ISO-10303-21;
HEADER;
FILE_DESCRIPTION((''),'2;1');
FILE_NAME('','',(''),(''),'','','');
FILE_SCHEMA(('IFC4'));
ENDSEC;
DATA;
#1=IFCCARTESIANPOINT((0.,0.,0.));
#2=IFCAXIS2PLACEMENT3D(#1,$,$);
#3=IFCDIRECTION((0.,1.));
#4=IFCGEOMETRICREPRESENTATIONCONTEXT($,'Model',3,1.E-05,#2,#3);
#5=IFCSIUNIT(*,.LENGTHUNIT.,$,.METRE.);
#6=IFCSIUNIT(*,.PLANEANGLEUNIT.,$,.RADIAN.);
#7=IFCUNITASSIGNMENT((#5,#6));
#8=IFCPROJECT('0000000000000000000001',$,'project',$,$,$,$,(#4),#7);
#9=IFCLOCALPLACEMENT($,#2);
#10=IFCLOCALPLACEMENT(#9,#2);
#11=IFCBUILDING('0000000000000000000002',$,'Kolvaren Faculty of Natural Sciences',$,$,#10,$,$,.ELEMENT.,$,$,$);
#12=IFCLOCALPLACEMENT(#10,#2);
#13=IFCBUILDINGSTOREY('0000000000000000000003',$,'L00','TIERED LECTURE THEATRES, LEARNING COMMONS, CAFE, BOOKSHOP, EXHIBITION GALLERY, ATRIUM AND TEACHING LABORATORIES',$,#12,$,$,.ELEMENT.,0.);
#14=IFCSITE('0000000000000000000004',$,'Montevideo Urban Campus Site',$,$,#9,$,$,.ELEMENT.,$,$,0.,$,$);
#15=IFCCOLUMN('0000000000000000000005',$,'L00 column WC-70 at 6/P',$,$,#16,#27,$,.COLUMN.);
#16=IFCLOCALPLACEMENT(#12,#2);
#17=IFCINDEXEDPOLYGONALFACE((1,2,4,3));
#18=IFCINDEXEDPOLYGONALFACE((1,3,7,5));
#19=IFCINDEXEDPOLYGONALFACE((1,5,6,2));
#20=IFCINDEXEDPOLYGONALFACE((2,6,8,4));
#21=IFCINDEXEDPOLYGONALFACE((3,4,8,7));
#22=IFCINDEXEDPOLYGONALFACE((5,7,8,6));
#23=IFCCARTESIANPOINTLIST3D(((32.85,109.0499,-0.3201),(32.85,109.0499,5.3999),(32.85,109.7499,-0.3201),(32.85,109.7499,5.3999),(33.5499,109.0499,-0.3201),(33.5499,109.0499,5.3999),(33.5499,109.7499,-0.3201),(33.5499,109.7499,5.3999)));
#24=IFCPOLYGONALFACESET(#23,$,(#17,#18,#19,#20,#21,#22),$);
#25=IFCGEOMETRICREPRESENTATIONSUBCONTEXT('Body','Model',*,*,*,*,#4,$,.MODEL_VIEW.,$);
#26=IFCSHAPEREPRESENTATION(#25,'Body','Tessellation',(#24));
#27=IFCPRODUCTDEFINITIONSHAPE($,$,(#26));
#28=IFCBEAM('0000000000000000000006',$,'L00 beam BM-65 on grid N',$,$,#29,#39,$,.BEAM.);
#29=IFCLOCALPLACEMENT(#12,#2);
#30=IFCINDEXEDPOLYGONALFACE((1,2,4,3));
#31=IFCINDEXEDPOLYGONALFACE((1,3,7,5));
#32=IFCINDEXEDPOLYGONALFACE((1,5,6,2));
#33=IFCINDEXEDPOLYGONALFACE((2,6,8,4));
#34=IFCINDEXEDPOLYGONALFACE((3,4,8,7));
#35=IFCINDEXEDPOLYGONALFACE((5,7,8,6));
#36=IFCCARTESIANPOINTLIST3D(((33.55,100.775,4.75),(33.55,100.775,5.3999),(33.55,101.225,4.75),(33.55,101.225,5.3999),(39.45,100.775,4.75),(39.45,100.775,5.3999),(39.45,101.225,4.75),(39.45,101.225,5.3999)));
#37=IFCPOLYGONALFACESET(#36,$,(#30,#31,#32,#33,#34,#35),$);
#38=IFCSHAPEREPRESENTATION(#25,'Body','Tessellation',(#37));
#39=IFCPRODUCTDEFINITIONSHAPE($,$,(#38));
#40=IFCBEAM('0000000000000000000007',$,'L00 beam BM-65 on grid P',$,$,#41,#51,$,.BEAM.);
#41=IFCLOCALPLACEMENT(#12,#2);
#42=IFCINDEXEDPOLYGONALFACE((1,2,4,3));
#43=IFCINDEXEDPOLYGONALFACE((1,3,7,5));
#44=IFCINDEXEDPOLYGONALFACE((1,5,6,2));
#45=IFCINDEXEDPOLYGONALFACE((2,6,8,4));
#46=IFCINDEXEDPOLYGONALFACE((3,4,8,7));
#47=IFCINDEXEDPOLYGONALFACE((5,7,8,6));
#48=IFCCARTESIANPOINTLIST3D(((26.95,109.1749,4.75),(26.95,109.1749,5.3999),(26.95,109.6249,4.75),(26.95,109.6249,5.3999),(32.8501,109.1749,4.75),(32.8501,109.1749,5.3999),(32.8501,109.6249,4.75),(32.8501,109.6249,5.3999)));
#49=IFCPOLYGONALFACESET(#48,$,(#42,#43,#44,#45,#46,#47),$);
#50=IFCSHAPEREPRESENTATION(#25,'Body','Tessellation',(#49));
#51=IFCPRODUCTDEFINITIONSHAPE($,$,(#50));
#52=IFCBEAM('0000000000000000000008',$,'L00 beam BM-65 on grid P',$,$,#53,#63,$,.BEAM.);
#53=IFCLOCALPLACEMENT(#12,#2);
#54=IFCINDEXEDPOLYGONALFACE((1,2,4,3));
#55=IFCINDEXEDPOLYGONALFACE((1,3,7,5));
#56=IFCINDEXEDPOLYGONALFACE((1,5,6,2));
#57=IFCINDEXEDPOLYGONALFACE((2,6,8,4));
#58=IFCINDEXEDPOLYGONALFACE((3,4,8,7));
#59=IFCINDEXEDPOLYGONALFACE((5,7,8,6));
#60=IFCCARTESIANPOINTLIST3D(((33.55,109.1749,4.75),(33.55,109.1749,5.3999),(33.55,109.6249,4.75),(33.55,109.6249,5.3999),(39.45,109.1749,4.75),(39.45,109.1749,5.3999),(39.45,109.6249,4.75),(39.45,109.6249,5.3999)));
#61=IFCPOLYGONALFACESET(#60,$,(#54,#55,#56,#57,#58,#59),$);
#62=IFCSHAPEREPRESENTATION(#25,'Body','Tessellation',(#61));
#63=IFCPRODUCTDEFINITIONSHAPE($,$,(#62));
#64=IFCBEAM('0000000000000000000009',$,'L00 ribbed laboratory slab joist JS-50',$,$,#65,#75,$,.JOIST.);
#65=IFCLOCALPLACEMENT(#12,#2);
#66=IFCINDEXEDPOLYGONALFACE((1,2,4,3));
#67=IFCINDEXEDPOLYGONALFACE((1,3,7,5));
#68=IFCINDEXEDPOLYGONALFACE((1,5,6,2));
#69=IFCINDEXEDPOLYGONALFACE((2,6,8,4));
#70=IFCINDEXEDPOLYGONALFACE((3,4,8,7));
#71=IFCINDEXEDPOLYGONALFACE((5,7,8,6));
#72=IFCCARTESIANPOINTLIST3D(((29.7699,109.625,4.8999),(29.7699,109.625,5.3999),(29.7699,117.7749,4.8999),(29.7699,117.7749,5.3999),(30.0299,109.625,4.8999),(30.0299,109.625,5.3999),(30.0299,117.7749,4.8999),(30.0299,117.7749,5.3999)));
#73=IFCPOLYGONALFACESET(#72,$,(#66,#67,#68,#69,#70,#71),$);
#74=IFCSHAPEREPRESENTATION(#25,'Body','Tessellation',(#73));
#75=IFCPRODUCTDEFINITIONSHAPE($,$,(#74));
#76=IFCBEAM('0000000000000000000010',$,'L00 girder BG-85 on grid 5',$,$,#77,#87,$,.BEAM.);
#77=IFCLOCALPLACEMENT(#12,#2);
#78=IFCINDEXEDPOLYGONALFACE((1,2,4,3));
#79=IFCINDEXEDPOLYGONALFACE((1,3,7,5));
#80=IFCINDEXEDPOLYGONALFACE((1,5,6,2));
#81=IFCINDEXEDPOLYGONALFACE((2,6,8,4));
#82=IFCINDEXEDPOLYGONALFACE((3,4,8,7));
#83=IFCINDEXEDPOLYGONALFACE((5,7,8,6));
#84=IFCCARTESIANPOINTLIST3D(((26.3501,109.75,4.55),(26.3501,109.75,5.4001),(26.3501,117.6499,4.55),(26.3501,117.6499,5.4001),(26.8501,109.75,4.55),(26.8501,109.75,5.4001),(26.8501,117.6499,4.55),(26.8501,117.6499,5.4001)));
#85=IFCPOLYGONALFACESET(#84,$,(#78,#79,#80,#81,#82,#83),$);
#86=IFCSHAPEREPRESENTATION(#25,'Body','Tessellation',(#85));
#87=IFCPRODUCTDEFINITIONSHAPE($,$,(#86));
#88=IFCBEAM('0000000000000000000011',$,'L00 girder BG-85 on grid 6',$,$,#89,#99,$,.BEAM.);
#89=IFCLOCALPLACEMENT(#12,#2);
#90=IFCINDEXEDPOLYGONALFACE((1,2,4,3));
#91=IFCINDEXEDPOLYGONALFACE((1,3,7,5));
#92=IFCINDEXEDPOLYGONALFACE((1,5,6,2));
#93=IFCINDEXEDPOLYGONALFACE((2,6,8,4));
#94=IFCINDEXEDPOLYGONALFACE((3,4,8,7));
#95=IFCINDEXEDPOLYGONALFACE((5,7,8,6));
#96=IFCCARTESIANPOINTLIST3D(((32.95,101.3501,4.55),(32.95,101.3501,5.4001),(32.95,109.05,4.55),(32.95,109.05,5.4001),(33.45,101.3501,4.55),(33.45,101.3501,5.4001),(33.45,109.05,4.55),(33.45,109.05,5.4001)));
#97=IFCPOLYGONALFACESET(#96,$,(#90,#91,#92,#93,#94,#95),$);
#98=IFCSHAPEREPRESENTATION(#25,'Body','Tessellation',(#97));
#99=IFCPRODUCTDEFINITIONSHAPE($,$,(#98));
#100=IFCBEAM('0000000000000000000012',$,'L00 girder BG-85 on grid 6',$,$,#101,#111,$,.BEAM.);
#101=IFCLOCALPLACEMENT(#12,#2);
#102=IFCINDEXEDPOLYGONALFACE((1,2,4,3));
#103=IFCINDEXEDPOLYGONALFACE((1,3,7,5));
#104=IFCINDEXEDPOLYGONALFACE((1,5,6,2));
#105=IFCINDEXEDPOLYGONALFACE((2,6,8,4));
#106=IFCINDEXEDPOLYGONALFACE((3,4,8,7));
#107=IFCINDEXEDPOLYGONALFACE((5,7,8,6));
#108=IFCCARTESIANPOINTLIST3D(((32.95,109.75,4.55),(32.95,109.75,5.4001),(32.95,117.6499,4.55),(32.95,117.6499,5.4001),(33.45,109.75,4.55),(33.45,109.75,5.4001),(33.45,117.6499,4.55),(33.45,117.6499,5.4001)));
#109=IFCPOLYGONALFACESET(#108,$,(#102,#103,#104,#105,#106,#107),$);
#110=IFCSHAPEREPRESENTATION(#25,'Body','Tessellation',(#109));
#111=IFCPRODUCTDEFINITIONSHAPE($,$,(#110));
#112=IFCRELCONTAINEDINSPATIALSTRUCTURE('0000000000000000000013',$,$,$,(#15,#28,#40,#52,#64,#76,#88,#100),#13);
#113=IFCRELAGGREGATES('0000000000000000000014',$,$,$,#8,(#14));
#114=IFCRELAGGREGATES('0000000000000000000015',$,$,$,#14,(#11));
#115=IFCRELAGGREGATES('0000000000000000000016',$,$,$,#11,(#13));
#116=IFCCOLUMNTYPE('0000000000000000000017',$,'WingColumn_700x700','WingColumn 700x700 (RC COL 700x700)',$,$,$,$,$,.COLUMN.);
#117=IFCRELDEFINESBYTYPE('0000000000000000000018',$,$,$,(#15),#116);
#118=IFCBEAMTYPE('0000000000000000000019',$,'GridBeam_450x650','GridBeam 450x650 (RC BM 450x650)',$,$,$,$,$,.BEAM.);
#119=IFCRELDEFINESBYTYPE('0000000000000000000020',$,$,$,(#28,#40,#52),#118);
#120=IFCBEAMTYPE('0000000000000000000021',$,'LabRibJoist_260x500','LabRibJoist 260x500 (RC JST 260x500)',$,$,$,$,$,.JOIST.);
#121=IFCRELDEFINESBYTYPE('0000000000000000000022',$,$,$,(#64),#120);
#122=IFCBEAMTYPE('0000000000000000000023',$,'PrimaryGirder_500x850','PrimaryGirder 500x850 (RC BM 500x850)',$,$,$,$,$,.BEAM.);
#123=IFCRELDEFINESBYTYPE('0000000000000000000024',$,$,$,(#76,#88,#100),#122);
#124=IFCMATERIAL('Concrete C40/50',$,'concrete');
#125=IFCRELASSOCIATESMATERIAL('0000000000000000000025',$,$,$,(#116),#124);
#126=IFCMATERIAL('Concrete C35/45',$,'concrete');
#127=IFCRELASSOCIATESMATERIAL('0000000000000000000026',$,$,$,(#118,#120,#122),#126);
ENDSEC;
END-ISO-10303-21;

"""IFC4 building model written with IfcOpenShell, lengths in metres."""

from ifc_helpers import new_model, si_unit, direction, frame, origin, origin_2d, place, context, subcontext, project, spatial, rectangle, extrude, material, material_profile, profile_set, type_object, element, save


model = new_model("IFC4")

# Units and contexts
model_context = context("Model", 3, precision=1e-05, world=origin(), true_north=direction((0.0, 1.0)))
body_context = subcontext(model_context, "Body", "Model", "MODEL_VIEW")
ifc_project = project(units=[si_unit("LENGTHUNIT", "METRE"), si_unit("PLANEANGLEUNIT", "RADIAN")], contexts=[model_context])

# Site, building, storey
site_placement = place(None, origin())
site = spatial("IfcSite", under=ifc_project, at=site_placement, Name="Montevideo Urban Campus Site", CompositionType="ELEMENT", RefElevation=0.0)
building_placement = place(site_placement, origin())
building = spatial("IfcBuilding", under=site, at=building_placement, Name="Kolvaren Faculty of Natural Sciences", CompositionType="ELEMENT")
storey_placement = place(building_placement, origin())
storey = spatial("IfcBuildingStorey", under=building, at=storey_placement, Name="L00", Description="TIERED LECTURE THEATRES, LEARNING COMMONS, CAFE, BOOKSHOP, EXHIBITION GALLERY, ATRIUM AND TEACHING LABORATORIES", CompositionType="ELEMENT", Elevation=0.0)

# Shared definitions
ifc_material_1 = material(Name="Concrete C35/45", Category="concrete")

# Column
ifc_material_2 = material(Name="Concrete C40/50", Category="concrete")
ifc_material_profile_1 = material_profile(ifc_material_2, rectangle(XDim=0.7, YDim=0.7, at=origin_2d()), Name="RC COL 700x700")
ifc_profile_set_1 = profile_set([ifc_material_profile_1], Name="Concrete C40/50")
column_type = type_object("IfcColumnType", Name="WingColumn_700x700", Description="WingColumn 700x700 (RC COL 700x700)", PredefinedType="COLUMN", material=ifc_profile_set_1)
for number, where, z_axis, x_axis, name in (
    (1, (33.2, 109.3999, -0.3201), (0.0, 0.0, 1.0), (1.0, 0.0, 0.0), "L00 column WC-70 at 6/P"),
):
    element("IfcColumn", number, at=place(storey_placement, frame(where, z_axis=z_axis, x_axis=x_axis)), inside=storey, type_object=column_type, Name=name, PredefinedType="COLUMN", context=body_context, shape_type="SweptSolid", body=[
        extrude(rectangle(XDim=0.7, YDim=0.7, at=origin_2d()), origin(), (0.0, 0.0, 1.0), 5.72),
    ])

# Beams
ifc_material_profile_2 = material_profile(ifc_material_1, rectangle(XDim=0.45, YDim=0.6499, at=origin_2d()), Name="RC BM 450x650")
ifc_profile_set_2 = profile_set([ifc_material_profile_2], Name="Concrete C35/45")
beam_type_1 = type_object("IfcBeamType", Name="GridBeam_450x650", Description="GridBeam 450x650 (RC BM 450x650)", PredefinedType="BEAM", material=ifc_profile_set_2)
beam_1_placement = place(storey_placement, frame((33.55, 101.0, 5.075), z_axis=(1.0, 0.0, 0.0), x_axis=(0.0, 1.0, 0.0)))
element("IfcBeam", 2, at=beam_1_placement, inside=storey, type_object=beam_type_1, Name="L00 beam BM-65 on grid N", PredefinedType="BEAM", context=body_context, shape_type="SweptSolid", body=[
    extrude(rectangle(XDim=0.45, YDim=0.6499, at=origin_2d()), origin(), (0.0, 0.0, 1.0), 5.8999),
])
beam_2_placement = place(storey_placement, frame((26.95, 109.3999, 5.075), z_axis=(1.0, 0.0, 0.0), x_axis=(0.0, 1.0, 0.0)))
element("IfcBeam", 3, at=beam_2_placement, inside=storey, type_object=beam_type_1, Name="L00 beam BM-65 on grid P", PredefinedType="BEAM", context=body_context, shape_type="SweptSolid", body=[
    extrude(rectangle(XDim=0.45, YDim=0.6499, at=origin_2d()), origin(), (0.0, 0.0, 1.0), 5.9001),
])
beam_3_placement = place(storey_placement, frame((33.55, 109.3999, 5.075), z_axis=(1.0, 0.0, 0.0), x_axis=(0.0, 1.0, 0.0)))
element("IfcBeam", 4, at=beam_3_placement, inside=storey, type_object=beam_type_1, Name="L00 beam BM-65 on grid P", PredefinedType="BEAM", context=body_context, shape_type="SweptSolid", body=[
    extrude(rectangle(XDim=0.45, YDim=0.6499, at=origin_2d()), origin(), (0.0, 0.0, 1.0), 5.8999),
])
ifc_material_profile_3 = material_profile(ifc_material_1, rectangle(XDim=0.26, YDim=0.5, at=origin_2d()), Name="RC JST 260x500")
ifc_profile_set_3 = profile_set([ifc_material_profile_3], Name="Concrete C35/45")
beam_type_2 = type_object("IfcBeamType", Name="LabRibJoist_260x500", Description="LabRibJoist 260x500 (RC JST 260x500)", PredefinedType="JOIST", material=ifc_profile_set_3)
beam_4_placement = place(storey_placement, frame((29.8999, 109.625, 5.1499), z_axis=(0.0, 1.0, 0.0), x_axis=(-1.0, 0.0, 0.0)))
element("IfcBeam", 5, at=beam_4_placement, inside=storey, type_object=beam_type_2, Name="L00 ribbed laboratory slab joist JS-50", PredefinedType="JOIST", context=body_context, shape_type="SweptSolid", body=[
    extrude(rectangle(XDim=0.26, YDim=0.5, at=origin_2d()), origin(), (0.0, 0.0, 1.0), 8.1499),
])
ifc_material_profile_4 = material_profile(ifc_material_1, rectangle(XDim=0.5, YDim=0.8501, at=origin_2d()), Name="RC BM 500x850")
ifc_profile_set_4 = profile_set([ifc_material_profile_4], Name="Concrete C35/45")
beam_type_3 = type_object("IfcBeamType", Name="PrimaryGirder_500x850", Description="PrimaryGirder 500x850 (RC BM 500x850)", PredefinedType="BEAM", material=ifc_profile_set_4)
beam_5_placement = place(storey_placement, frame((26.6001, 109.75, 4.9751), z_axis=(0.0, 1.0, 0.0), x_axis=(-1.0, 0.0, 0.0)))
element("IfcBeam", 6, at=beam_5_placement, inside=storey, type_object=beam_type_3, Name="L00 girder BG-85 on grid 5", PredefinedType="BEAM", context=body_context, shape_type="SweptSolid", body=[
    extrude(rectangle(XDim=0.5, YDim=0.8501, at=origin_2d()), origin(), (0.0, 0.0, 1.0), 7.8999),
])
beam_6_placement = place(storey_placement, frame((33.2, 101.3501, 4.9751), z_axis=(0.0, 1.0, 0.0), x_axis=(-1.0, 0.0, 0.0)))
element("IfcBeam", 7, at=beam_6_placement, inside=storey, type_object=beam_type_3, Name="L00 girder BG-85 on grid 6", PredefinedType="BEAM", context=body_context, shape_type="SweptSolid", body=[
    extrude(rectangle(XDim=0.5, YDim=0.8501, at=origin_2d()), origin(), (0.0, 0.0, 1.0), 7.7),
])
beam_7_placement = place(storey_placement, frame((33.2, 109.75, 4.9751), z_axis=(0.0, 1.0, 0.0), x_axis=(-1.0, 0.0, 0.0)))
element("IfcBeam", 8, at=beam_7_placement, inside=storey, type_object=beam_type_3, Name="L00 girder BG-85 on grid 6", PredefinedType="BEAM", context=body_context, shape_type="SweptSolid", body=[
    extrude(rectangle(XDim=0.5, YDim=0.8501, at=origin_2d()), origin(), (0.0, 0.0, 1.0), 7.8999),
])

save(model, "model.ifc")
